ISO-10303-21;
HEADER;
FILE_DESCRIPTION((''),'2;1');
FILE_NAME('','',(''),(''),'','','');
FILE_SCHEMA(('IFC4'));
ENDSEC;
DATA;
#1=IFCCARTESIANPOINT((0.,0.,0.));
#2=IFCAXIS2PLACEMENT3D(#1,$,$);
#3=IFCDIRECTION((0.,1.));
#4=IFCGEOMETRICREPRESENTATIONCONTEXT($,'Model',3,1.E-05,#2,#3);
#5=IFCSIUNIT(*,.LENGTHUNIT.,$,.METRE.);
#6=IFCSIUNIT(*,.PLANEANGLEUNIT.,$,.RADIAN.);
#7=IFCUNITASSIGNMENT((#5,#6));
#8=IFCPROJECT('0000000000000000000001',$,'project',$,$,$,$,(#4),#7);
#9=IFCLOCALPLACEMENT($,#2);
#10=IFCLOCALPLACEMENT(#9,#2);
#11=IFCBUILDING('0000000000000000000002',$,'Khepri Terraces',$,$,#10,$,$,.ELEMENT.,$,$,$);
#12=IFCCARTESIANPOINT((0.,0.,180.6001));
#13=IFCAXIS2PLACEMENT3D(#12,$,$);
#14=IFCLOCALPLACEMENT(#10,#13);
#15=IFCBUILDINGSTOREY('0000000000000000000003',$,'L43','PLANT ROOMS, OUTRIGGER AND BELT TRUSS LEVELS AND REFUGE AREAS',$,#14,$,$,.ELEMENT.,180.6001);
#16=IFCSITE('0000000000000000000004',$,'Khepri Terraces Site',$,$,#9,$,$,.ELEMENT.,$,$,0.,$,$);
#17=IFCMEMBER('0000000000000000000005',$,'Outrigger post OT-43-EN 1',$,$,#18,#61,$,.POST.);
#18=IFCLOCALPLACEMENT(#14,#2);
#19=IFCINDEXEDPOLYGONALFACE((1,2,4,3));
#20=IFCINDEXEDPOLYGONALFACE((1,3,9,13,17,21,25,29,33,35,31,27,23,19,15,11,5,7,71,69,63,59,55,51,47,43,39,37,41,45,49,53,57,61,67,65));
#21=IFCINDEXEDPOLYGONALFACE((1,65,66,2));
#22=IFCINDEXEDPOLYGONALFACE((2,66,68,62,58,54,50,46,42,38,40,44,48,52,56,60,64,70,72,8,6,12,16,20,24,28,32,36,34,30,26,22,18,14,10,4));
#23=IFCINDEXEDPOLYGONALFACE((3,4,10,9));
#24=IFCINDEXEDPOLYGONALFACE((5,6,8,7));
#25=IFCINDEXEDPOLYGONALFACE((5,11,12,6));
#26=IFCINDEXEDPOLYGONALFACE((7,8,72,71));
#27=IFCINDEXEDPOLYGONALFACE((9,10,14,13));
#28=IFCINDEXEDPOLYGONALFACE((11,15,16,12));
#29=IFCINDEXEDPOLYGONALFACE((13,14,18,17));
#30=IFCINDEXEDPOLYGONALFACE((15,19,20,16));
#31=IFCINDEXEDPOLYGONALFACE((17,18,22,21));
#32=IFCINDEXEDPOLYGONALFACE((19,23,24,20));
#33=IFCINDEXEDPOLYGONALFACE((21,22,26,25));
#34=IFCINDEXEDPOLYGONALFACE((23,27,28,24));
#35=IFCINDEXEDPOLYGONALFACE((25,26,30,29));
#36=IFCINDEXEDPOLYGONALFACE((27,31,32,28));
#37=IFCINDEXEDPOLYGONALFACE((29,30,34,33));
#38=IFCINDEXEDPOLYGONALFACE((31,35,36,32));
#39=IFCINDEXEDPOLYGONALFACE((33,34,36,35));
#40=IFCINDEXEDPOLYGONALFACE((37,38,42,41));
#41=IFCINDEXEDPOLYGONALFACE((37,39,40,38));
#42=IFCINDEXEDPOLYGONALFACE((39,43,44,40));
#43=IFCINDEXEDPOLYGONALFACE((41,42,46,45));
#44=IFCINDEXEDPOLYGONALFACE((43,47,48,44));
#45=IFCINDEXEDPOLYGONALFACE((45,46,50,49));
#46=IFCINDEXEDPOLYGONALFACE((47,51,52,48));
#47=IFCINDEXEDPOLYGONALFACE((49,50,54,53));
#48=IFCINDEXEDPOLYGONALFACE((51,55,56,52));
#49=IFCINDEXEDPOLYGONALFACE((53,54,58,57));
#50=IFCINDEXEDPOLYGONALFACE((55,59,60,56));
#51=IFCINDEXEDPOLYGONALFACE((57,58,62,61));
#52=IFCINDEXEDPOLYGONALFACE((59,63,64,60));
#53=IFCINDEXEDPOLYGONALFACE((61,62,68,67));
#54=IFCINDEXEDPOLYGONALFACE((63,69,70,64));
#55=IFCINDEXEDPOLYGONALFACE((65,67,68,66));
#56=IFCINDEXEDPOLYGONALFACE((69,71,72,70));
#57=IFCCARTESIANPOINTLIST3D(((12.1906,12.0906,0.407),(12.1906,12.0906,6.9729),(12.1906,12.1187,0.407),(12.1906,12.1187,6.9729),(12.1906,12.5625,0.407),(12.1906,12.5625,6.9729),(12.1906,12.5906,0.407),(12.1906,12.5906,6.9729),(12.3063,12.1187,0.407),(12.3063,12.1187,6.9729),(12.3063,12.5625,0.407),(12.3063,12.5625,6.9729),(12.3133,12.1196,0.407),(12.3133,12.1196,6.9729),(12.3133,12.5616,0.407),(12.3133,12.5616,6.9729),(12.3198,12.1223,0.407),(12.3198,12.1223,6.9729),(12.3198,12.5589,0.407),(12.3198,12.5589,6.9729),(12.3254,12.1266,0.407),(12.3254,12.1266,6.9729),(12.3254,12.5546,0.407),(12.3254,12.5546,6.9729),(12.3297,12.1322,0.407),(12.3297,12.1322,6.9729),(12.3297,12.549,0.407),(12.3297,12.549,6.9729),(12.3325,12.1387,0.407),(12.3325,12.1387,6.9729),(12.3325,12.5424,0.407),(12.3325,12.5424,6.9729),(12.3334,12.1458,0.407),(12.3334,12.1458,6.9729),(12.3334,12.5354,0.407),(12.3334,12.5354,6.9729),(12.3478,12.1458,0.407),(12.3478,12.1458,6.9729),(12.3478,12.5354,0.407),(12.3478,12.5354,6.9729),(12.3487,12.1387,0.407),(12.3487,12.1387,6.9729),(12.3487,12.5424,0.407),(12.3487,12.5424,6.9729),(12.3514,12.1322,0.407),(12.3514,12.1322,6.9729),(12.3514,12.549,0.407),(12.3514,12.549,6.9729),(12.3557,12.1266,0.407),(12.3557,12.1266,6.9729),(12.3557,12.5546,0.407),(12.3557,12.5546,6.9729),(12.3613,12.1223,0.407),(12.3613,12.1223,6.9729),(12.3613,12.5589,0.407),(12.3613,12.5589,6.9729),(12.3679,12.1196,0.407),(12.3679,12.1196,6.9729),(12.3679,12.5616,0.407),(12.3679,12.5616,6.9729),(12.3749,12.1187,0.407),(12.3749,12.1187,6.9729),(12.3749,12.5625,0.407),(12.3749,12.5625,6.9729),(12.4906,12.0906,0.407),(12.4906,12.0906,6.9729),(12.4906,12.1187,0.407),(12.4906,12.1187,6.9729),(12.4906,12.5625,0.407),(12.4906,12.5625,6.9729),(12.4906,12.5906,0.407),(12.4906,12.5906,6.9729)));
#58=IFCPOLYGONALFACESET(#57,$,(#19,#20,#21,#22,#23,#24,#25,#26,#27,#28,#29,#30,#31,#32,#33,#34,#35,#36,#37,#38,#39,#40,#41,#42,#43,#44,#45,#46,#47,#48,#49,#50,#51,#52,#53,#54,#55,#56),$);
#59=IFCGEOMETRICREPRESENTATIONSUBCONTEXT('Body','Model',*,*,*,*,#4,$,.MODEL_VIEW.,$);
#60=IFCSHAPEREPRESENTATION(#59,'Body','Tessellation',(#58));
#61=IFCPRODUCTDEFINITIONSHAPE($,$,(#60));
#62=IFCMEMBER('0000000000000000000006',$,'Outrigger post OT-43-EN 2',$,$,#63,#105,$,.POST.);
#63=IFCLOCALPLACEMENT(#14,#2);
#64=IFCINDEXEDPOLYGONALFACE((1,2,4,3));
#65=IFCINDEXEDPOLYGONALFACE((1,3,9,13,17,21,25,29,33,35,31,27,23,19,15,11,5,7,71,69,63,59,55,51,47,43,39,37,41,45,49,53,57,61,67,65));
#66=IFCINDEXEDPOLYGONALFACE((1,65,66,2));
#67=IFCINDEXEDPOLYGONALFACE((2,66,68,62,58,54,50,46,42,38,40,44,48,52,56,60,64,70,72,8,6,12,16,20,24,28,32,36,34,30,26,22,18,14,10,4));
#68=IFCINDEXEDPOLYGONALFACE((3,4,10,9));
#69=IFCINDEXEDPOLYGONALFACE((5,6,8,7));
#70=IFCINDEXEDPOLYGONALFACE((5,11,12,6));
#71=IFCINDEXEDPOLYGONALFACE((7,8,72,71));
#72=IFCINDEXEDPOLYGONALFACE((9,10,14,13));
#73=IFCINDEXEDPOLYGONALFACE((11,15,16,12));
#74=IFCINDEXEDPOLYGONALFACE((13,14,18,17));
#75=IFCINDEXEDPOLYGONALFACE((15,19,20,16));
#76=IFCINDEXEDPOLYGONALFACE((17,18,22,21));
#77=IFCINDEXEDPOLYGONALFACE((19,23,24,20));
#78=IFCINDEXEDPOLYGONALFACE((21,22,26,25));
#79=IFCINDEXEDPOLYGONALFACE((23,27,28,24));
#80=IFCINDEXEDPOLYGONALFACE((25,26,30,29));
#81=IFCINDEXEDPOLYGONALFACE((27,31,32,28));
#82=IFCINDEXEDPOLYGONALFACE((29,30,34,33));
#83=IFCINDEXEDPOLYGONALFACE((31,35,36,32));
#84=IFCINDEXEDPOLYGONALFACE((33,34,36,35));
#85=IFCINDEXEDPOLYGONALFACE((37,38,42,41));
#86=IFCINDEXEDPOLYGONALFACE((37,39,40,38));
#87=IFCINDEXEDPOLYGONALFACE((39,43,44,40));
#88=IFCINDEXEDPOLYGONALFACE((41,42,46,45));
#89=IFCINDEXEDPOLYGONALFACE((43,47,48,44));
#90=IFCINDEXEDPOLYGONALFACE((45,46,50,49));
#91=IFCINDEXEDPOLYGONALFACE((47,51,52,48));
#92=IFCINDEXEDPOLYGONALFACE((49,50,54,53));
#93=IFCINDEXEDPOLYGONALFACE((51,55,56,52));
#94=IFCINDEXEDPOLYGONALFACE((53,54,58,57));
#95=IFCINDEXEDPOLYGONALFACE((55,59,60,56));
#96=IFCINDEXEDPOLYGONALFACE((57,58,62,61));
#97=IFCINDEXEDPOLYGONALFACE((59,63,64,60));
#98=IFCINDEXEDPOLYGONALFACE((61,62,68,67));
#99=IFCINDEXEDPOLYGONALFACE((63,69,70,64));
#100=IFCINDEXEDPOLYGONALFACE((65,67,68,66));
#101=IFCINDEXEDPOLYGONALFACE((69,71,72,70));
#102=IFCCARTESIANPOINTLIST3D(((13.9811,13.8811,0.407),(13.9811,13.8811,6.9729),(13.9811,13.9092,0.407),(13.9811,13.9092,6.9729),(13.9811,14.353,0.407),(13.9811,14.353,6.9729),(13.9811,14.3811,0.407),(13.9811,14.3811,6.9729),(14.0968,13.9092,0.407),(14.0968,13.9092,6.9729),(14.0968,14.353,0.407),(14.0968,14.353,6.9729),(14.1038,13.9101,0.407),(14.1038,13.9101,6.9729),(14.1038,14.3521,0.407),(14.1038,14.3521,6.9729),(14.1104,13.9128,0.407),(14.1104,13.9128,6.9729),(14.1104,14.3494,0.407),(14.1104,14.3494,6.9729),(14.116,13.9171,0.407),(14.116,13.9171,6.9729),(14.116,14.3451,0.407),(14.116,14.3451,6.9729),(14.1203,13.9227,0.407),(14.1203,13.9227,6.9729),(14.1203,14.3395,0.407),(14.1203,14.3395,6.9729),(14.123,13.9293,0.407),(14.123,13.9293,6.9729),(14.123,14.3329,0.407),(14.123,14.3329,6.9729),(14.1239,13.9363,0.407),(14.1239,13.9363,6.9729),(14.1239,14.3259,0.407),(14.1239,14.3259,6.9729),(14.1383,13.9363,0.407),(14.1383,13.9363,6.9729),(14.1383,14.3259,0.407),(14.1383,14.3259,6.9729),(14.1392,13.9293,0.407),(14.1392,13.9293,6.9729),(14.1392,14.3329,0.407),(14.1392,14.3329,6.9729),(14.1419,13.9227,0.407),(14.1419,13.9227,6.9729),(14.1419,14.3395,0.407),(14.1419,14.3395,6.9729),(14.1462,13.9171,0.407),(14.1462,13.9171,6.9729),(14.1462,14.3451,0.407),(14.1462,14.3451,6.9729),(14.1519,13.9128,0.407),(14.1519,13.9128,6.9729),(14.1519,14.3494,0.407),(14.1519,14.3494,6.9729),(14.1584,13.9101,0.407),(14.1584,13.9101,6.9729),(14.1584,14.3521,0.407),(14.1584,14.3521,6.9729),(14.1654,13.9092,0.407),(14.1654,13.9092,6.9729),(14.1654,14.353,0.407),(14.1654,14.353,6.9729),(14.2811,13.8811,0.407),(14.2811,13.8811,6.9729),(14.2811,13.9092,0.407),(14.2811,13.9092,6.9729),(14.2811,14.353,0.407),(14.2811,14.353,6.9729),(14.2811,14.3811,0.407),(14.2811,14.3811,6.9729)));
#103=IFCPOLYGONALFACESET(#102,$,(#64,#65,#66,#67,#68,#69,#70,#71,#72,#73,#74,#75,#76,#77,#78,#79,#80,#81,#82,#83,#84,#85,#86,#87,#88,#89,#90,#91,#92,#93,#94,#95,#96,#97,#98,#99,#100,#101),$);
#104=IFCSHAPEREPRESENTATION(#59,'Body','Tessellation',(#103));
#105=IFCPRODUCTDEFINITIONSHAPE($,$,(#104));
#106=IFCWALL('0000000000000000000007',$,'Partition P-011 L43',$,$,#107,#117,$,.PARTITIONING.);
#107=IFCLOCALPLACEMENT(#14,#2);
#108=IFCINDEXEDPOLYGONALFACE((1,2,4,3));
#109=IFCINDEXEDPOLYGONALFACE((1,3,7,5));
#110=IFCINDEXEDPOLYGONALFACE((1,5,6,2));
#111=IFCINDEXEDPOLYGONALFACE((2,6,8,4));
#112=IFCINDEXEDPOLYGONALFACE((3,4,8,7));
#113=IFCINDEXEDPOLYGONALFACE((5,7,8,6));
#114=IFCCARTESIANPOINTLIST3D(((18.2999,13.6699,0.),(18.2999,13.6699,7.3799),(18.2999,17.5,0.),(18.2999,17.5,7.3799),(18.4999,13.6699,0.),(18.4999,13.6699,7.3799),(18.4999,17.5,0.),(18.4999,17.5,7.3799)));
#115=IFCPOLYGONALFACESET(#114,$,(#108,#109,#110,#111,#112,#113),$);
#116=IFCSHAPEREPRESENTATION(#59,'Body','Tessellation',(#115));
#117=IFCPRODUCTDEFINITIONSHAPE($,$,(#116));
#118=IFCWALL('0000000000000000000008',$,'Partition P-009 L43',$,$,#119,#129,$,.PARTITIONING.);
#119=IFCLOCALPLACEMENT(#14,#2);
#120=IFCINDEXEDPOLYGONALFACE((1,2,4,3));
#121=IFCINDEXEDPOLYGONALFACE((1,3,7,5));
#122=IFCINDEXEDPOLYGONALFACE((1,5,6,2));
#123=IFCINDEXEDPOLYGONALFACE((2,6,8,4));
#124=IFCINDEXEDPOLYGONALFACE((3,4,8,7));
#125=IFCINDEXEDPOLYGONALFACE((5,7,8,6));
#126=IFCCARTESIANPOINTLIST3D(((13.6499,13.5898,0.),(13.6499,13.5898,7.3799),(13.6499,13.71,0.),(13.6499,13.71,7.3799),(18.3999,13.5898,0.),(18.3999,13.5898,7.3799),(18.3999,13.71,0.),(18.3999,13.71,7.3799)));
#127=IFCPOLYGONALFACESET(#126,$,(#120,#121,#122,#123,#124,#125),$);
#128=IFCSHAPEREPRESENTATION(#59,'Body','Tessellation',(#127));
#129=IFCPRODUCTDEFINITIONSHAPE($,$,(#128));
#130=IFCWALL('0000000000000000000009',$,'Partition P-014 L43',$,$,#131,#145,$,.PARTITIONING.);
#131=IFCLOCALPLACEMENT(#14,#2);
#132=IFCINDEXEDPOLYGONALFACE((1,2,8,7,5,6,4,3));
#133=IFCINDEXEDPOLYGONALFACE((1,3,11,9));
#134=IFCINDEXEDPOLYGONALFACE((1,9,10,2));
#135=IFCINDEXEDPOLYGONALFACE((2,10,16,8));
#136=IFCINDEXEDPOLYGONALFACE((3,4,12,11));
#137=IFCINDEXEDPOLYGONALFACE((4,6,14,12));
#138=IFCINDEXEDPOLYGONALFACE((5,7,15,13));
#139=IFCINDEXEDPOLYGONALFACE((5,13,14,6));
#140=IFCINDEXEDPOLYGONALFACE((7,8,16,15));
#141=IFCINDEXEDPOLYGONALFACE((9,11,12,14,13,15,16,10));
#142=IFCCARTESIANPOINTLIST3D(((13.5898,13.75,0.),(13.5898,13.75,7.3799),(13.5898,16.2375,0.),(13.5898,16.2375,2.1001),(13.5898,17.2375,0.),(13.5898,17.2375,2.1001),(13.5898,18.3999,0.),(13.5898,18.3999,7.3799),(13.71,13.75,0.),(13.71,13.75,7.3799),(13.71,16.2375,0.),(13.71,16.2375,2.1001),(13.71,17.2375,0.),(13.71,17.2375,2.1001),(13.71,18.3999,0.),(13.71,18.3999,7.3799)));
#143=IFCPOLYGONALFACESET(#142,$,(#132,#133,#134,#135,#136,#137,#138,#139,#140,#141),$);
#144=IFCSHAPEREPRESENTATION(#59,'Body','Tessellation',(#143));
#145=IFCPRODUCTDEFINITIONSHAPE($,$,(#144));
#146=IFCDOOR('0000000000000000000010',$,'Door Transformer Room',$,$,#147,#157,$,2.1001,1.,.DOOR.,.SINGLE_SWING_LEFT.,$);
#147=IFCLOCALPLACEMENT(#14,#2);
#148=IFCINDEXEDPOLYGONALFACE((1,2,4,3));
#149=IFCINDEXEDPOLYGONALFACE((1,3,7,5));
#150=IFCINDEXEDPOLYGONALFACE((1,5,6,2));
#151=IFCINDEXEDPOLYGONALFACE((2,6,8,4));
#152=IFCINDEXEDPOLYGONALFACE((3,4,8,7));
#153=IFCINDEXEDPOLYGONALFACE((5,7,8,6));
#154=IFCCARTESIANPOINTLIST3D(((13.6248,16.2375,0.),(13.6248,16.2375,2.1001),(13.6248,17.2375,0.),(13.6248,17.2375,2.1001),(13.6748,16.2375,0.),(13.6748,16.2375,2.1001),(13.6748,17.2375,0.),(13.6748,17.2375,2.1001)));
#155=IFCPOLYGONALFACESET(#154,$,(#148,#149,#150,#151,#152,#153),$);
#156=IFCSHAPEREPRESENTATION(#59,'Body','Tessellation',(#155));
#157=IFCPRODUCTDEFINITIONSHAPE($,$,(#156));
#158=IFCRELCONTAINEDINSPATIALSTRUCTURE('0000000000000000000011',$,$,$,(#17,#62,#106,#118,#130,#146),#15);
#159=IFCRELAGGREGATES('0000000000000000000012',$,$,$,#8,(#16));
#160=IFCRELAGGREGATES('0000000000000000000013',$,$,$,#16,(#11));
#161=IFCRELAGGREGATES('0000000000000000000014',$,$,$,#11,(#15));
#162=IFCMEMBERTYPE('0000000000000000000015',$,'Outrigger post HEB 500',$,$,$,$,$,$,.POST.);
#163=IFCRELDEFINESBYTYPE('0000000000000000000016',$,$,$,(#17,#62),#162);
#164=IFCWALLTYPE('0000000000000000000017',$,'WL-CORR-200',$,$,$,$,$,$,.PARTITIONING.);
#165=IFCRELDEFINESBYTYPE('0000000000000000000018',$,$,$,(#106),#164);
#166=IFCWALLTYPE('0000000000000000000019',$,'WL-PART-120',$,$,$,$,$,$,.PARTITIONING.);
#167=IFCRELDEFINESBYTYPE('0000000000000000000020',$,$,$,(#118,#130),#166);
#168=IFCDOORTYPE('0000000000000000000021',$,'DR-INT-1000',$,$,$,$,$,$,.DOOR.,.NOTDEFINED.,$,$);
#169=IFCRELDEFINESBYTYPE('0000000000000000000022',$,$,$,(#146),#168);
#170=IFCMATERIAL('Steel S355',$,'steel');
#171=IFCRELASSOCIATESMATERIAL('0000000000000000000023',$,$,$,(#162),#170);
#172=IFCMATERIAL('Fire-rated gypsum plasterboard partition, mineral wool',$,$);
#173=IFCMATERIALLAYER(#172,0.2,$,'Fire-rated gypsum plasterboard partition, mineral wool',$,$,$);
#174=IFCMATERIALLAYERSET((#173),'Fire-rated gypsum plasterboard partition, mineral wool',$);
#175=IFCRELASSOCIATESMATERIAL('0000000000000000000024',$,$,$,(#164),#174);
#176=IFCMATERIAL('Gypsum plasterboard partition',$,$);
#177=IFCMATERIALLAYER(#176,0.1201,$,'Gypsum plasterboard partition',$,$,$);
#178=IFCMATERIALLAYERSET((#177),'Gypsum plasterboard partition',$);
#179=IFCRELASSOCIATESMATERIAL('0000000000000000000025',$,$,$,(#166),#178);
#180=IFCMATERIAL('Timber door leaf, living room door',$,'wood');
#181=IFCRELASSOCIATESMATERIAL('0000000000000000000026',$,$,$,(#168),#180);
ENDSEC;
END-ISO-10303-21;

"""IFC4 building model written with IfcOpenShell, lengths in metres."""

from ifc_helpers import new_model, si_unit, direction, frame, frame_2d, origin, origin_2d, place, context, subcontext, project, spatial, rectangle, i_section, extrude, material, layer, layer_set, material_profile, profile_set, type_object, element, fill, save


model = new_model("IFC4")

# Units and contexts
model_context = context("Model", 3, precision=1e-05, world=origin(), true_north=direction((0.0, 1.0)))
body_context = subcontext(model_context, "Body", "Model", "MODEL_VIEW")
ifc_project = project(units=[si_unit("LENGTHUNIT", "METRE"), si_unit("PLANEANGLEUNIT", "RADIAN")], contexts=[model_context])

# Site, building, storey
site_placement = place(None, origin())
site = spatial("IfcSite", under=ifc_project, at=site_placement, Name="Khepri Terraces Site", CompositionType="ELEMENT", RefElevation=0.0)
building_placement = place(site_placement, origin())
building = spatial("IfcBuilding", under=site, at=building_placement, Name="Khepri Terraces", CompositionType="ELEMENT")
storey_placement = place(building_placement, frame((0.0, 0.0, 180.6001)))
storey = spatial("IfcBuildingStorey", under=building, at=storey_placement, Name="L43", Description="PLANT ROOMS, OUTRIGGER AND BELT TRUSS LEVELS AND REFUGE AREAS", CompositionType="ELEMENT", Elevation=180.6001)

# Members
ifc_material_1 = material(Name="Steel S355", Category="steel")
ifc_material_profile_1 = material_profile(ifc_material_1, i_section(OverallWidth=0.3, OverallDepth=0.5, WebThickness=0.0144, FlangeThickness=0.0281, FilletRadius=0.0271, at=origin_2d()), Name="Steel S355", Category="steel")
ifc_profile_set_1 = profile_set([ifc_material_profile_1], Name="Steel S355")
member_type_1 = type_object("IfcMemberType", Name="Outrigger post HEB 500", PredefinedType="POST", material=ifc_profile_set_1)
for number, where, z_axis, x_axis, name in (
    (1, (12.3406, 12.3406, 0.407), (0.0, 0.0, 1.0), (1.0, 0.0, 0.0), "Outrigger post OT-43-EN 1"),
    (2, (14.1311, 14.1311, 0.407), (0.0, 0.0, 1.0), (1.0, 0.0, 0.0), "Outrigger post OT-43-EN 2"),
):
    element("IfcMember", number, at=place(storey_placement, frame(where, z_axis=z_axis, x_axis=x_axis)), inside=storey, type_object=member_type_1, Name=name, PredefinedType="POST", context=body_context, shape_type="SweptSolid", body=[
        extrude(i_section(OverallWidth=0.3, OverallDepth=0.5, WebThickness=0.0144, FlangeThickness=0.0281, FilletRadius=0.0271, at=origin_2d()), origin(), (0.0, 0.0, 1.0), 6.5659),
    ])

# Walls
ifc_material_2 = material(Name="Fire-rated gypsum plasterboard partition, mineral wool")
ifc_layer_1 = layer(ifc_material_2, 0.2, Name="Fire-rated gypsum plasterboard partition, mineral wool")
ifc_layer_set_1 = layer_set([ifc_layer_1], Name="Fire-rated gypsum plasterboard partition, mineral wool")
wall_type_1 = type_object("IfcWallType", Name="WL-CORR-200", PredefinedType="PARTITIONING", material=ifc_layer_set_1)
wall_1_placement = place(storey_placement, frame((18.3999, 13.6699, 0.0), z_axis=(0.0, 0.0, 1.0), x_axis=(0.0, 1.0, 0.0)))
element("IfcWall", 3, at=wall_1_placement, inside=storey, type_object=wall_type_1, Name="Partition P-011 L43", PredefinedType="PARTITIONING", context=body_context, shape_type="SweptSolid", body=[
    extrude(rectangle(XDim=3.8301, YDim=0.2, at=frame_2d((1.915, 0.0))), origin(), (0.0, 0.0, 1.0), 7.3799),
])
ifc_material_3 = material(Name="Gypsum plasterboard partition")
ifc_layer_2 = layer(ifc_material_3, 0.1201, Name="Gypsum plasterboard partition")
ifc_layer_set_2 = layer_set([ifc_layer_2], Name="Gypsum plasterboard partition")
wall_type_2 = type_object("IfcWallType", Name="WL-PART-120", PredefinedType="PARTITIONING", material=ifc_layer_set_2)
wall_2_placement = place(storey_placement, frame((13.6499, 13.6499, 0.0), z_axis=(0.0, 0.0, 1.0), x_axis=(1.0, 0.0, 0.0)))
element("IfcWall", 4, at=wall_2_placement, inside=storey, type_object=wall_type_2, Name="Partition P-009 L43", PredefinedType="PARTITIONING", context=body_context, shape_type="SweptSolid", body=[
    extrude(rectangle(XDim=4.75, YDim=0.1201, at=frame_2d((2.375, 0.0))), origin(), (0.0, 0.0, 1.0), 7.3799),
])

# Wall, opening, door
wall_3_placement = place(storey_placement, frame((13.6499, 13.75, 0.0), z_axis=(0.0, 0.0, 1.0), x_axis=(0.0, 1.0, 0.0)))
wall_3 = element("IfcWall", 5, at=wall_3_placement, inside=storey, type_object=wall_type_2, Name="Partition P-014 L43", PredefinedType="PARTITIONING", context=body_context, shape_type="SweptSolid", body=[
    extrude(rectangle(XDim=4.6499, YDim=0.1201, at=frame_2d((2.325, 0.0))), origin(), (0.0, 0.0, 1.0), 7.3799),
])
opening_placement = place(wall_3_placement, frame((2.4875, 0.0, 0.0)))
opening = element("IfcOpeningElement", 6, at=opening_placement, cuts=wall_3, PredefinedType="OPENING", context=body_context, shape_type="SweptSolid", body=[
    extrude(rectangle(XDim=1.0, YDim=2.1001, at=frame_2d((0.5, 1.05))), frame((0.0, 0.0701, 0.0), z_axis=(0.0, -1.0, 0.0), x_axis=(1.0, 0.0, 0.0)), (0.0, 0.0, 1.0), 0.1401),
])
ifc_material_4 = material(Name="Timber door leaf, living room door", Category="wood")
door_type = type_object("IfcDoorType", Name="DR-INT-1000", OperationType="NOTDEFINED", PredefinedType="DOOR", material=ifc_material_4)
door_placement = place(opening_placement, frame((1.0, 0.0, 0.0), z_axis=(0.0, 0.0, 1.0), x_axis=(-1.0, 0.0, 0.0)))
door = element("IfcDoor", 7, at=door_placement, inside=storey, type_object=door_type, Name="Door Transformer Room", OperationType="SINGLE_SWING_LEFT", OverallHeight=2.1001, OverallWidth=1.0, PredefinedType="DOOR", context=body_context, shape_type="SweptSolid", body=[
    extrude(rectangle(XDim=1.0, YDim=2.1001, at=frame_2d((0.5, 1.05))), frame((0.0, 0.0249, 0.0), z_axis=(0.0, -1.0, 0.0), x_axis=(1.0, 0.0, 0.0)), (0.0, 0.0, 1.0), 0.05),
])
fill(opening, door)

save(model, "model.ifc")
